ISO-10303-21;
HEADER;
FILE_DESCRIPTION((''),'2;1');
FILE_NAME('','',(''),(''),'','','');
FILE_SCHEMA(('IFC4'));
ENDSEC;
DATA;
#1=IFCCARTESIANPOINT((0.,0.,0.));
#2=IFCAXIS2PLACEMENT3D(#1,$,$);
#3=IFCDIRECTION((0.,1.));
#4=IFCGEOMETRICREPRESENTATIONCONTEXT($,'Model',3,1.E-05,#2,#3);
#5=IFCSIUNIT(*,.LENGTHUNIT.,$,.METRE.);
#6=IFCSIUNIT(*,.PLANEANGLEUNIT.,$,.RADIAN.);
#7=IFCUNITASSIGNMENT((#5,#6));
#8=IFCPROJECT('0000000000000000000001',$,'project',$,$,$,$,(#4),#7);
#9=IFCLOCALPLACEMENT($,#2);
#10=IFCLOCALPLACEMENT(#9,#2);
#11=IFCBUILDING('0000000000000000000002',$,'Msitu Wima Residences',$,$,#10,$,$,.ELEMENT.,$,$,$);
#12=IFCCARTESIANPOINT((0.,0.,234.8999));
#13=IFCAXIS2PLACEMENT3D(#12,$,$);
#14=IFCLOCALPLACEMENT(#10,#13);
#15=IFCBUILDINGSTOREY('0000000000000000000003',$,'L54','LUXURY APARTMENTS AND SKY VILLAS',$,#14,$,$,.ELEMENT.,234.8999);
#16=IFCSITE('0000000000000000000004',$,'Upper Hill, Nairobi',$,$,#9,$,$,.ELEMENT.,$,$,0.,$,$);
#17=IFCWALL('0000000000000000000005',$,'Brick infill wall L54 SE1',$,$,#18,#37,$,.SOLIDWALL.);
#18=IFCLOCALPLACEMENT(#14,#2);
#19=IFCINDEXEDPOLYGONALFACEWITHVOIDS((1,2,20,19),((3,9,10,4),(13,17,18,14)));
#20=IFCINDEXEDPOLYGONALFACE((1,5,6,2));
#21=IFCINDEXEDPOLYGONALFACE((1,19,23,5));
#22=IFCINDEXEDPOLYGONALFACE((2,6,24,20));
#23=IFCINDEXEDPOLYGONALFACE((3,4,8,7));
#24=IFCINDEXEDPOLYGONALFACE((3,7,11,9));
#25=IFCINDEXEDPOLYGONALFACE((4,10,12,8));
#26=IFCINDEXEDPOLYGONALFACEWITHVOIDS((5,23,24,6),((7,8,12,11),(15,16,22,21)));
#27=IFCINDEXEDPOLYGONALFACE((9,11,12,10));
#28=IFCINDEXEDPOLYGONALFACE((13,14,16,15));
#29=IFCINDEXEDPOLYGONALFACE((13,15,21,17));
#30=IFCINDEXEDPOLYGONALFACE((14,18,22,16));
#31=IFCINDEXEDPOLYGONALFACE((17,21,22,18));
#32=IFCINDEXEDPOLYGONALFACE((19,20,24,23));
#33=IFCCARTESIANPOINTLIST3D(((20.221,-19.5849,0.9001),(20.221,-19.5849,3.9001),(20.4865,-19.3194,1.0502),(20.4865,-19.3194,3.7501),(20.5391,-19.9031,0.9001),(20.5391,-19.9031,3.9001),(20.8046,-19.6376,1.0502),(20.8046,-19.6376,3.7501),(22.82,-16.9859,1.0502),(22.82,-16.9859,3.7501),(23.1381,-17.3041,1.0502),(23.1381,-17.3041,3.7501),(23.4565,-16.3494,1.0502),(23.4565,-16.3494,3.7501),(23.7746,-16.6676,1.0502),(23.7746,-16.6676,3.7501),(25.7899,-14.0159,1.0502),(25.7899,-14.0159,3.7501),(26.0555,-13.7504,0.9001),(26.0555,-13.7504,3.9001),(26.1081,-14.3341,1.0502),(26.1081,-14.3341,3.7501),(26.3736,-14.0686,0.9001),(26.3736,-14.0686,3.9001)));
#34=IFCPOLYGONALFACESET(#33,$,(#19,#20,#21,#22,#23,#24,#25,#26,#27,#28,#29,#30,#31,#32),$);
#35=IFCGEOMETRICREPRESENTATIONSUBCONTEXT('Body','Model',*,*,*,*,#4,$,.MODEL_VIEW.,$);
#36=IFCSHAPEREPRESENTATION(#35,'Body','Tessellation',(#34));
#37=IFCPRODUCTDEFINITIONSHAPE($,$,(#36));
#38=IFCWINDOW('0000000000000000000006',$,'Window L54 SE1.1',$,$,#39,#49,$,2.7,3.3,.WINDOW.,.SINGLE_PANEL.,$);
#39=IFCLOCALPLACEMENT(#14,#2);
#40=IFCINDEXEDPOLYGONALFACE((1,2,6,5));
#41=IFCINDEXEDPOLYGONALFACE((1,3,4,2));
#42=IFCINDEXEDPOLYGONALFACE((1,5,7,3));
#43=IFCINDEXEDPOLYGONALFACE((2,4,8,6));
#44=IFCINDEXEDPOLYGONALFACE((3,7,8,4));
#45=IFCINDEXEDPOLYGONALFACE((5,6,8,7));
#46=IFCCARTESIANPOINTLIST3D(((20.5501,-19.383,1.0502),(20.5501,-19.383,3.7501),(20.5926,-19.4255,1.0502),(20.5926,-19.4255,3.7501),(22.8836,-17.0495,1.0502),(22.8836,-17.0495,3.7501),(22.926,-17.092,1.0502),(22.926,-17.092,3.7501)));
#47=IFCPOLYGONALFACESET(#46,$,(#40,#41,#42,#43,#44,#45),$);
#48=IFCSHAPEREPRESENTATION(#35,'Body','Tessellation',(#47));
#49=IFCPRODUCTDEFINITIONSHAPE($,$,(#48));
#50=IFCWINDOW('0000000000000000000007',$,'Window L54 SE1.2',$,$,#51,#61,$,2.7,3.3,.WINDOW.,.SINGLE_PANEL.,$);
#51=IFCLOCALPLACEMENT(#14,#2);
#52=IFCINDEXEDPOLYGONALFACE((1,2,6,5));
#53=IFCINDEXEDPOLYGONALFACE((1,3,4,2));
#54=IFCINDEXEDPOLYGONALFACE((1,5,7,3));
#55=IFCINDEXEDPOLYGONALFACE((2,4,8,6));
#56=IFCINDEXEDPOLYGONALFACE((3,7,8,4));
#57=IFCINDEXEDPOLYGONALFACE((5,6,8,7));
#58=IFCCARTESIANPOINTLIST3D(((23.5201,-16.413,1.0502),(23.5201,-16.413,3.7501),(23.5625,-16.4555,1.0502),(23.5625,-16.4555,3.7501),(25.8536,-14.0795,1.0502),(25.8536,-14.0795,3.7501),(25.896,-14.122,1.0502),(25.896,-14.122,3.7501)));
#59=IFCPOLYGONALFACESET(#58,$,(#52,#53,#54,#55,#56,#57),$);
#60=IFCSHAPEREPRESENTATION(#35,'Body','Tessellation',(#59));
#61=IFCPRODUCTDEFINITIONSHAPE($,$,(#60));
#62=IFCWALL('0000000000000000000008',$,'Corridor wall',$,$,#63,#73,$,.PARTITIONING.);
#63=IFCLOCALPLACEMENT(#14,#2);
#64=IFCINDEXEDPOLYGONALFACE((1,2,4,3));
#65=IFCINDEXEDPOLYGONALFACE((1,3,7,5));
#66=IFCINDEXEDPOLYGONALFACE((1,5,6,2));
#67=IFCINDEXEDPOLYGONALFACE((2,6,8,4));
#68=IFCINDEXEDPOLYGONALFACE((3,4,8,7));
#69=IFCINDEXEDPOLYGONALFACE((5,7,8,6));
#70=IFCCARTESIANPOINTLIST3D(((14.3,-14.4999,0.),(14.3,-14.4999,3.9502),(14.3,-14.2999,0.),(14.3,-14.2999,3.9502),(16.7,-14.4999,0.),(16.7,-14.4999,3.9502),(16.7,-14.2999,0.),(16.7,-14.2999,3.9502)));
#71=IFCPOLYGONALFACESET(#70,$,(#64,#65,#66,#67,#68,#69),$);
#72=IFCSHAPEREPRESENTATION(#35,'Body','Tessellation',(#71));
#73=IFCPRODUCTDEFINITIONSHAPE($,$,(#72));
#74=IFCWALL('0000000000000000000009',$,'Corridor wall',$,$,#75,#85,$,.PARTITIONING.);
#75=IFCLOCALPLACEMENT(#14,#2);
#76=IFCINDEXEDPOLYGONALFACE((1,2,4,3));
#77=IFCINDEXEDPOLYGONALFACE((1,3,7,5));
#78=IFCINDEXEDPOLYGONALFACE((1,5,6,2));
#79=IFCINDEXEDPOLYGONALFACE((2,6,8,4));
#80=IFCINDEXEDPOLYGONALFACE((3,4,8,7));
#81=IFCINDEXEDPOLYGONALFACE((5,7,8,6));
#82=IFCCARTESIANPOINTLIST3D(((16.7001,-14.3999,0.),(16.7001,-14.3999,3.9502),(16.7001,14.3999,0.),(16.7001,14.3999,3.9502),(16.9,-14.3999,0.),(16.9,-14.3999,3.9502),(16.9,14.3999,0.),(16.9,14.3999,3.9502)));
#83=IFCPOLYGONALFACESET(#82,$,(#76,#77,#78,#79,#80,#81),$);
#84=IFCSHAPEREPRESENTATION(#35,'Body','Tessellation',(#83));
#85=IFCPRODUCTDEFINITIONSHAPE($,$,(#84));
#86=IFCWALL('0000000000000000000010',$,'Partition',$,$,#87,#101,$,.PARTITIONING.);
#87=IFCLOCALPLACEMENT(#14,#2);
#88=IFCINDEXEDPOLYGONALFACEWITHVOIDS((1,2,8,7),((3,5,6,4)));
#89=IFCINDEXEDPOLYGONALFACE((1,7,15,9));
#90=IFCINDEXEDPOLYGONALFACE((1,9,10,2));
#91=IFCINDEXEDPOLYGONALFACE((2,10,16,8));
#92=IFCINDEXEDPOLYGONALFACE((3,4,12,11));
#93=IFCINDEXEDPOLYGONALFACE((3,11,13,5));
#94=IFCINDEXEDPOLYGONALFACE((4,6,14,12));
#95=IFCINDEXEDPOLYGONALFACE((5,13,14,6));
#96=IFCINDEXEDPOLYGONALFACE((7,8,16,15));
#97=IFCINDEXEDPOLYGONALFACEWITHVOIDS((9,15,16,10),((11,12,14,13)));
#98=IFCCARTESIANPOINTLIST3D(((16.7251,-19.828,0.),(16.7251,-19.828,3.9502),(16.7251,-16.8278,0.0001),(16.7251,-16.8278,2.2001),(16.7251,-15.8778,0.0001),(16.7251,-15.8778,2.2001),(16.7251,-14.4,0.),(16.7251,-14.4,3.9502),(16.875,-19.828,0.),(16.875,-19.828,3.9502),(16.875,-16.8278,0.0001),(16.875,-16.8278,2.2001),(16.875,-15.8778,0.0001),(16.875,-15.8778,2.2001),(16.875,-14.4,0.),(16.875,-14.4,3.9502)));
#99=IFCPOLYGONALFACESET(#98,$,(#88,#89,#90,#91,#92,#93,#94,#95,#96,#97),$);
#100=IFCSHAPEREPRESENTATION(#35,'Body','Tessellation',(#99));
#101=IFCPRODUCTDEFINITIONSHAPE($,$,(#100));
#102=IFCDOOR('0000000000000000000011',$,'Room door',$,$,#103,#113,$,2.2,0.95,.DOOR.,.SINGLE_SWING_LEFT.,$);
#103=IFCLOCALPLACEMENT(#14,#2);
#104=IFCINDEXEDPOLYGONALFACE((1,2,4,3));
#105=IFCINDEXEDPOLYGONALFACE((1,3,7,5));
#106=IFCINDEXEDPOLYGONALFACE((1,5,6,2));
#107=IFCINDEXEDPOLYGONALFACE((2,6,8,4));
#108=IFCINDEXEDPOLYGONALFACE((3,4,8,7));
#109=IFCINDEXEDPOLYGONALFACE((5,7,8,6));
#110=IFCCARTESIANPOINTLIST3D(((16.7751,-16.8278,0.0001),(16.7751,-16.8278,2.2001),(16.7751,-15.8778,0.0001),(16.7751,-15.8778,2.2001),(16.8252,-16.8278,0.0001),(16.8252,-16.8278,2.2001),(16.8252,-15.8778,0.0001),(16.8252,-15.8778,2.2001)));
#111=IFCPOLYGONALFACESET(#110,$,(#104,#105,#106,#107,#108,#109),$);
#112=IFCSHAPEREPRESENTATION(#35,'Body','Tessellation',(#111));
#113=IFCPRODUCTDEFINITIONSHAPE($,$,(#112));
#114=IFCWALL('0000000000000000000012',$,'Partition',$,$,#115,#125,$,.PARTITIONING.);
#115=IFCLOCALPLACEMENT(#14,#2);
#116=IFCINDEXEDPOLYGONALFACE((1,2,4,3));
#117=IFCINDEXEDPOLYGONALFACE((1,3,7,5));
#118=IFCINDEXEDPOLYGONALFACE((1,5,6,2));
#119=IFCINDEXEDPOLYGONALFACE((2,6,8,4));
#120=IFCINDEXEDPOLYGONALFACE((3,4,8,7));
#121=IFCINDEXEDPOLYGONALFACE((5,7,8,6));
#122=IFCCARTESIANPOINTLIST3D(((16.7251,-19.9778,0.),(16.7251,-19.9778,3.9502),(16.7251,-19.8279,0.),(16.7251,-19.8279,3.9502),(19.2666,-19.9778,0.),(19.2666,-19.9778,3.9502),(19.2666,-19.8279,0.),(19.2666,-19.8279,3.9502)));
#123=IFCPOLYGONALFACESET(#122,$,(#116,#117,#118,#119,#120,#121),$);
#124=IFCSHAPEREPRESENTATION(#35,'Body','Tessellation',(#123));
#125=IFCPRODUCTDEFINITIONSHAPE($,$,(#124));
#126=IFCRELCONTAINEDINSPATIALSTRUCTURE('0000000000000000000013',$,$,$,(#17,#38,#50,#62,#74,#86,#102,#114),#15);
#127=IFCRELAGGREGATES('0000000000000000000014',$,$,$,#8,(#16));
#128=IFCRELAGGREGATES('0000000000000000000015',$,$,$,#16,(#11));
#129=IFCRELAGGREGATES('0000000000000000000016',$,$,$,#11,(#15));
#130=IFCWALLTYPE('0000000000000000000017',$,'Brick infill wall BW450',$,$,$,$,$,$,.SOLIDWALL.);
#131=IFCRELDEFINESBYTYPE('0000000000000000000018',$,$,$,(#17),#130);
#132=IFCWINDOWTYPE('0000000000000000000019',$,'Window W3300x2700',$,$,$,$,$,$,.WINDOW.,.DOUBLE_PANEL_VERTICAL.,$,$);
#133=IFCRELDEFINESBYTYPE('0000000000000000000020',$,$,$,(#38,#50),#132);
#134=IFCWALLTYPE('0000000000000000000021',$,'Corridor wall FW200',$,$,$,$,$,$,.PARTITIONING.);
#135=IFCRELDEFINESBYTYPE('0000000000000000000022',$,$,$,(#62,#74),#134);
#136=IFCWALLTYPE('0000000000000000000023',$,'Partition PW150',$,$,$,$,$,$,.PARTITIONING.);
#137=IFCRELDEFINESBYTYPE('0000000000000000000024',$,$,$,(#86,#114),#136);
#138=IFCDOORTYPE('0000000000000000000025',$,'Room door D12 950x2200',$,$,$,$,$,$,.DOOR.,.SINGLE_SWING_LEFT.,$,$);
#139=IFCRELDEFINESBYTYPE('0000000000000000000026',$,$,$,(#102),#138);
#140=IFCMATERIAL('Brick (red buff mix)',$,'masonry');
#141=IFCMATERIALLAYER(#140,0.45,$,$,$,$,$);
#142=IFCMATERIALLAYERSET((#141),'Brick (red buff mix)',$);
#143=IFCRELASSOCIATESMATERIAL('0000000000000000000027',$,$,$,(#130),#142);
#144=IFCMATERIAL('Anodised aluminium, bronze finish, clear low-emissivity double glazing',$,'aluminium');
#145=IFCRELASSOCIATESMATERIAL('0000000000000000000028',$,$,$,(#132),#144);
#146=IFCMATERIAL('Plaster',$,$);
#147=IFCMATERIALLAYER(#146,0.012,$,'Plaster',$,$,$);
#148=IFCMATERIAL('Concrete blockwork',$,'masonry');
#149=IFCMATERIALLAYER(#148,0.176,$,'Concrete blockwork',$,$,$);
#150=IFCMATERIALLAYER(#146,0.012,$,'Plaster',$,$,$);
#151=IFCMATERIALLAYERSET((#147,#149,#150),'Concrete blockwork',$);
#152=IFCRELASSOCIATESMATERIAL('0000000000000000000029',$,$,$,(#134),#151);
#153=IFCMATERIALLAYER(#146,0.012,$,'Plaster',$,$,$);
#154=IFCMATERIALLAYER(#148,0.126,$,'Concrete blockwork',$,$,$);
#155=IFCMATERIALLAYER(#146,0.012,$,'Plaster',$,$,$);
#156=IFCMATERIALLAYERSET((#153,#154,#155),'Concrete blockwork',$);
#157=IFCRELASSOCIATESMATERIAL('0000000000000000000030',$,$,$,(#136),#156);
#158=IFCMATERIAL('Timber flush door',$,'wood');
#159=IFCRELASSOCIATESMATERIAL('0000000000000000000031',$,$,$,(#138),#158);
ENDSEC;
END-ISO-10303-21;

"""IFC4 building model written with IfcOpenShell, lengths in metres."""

from ifc_helpers import new_model, si_unit, direction, frame, frame_2d, origin, place, context, subcontext, project, spatial, rectangle, extrude, material, layer, layer_set, type_object, element, fill, save


model = new_model("IFC4")

# Units and contexts
model_context = context("Model", 3, precision=1e-05, world=origin(), true_north=direction((0.0, 1.0)))
body_context = subcontext(model_context, "Body", "Model", "MODEL_VIEW")
ifc_project = project(units=[si_unit("LENGTHUNIT", "METRE"), si_unit("PLANEANGLEUNIT", "RADIAN")], contexts=[model_context])

# Site, building, storey
site_placement = place(None, origin())
site = spatial("IfcSite", under=ifc_project, at=site_placement, Name="Upper Hill, Nairobi", CompositionType="ELEMENT", RefElevation=0.0)
building_placement = place(site_placement, origin())
building = spatial("IfcBuilding", under=site, at=building_placement, Name="Msitu Wima Residences", CompositionType="ELEMENT")
storey_placement = place(building_placement, frame((0.0, 0.0, 234.8999)))
storey = spatial("IfcBuildingStorey", under=building, at=storey_placement, Name="L54", Description="LUXURY APARTMENTS AND SKY VILLAS", CompositionType="ELEMENT", Elevation=234.8999)

# Shared definitions
ifc_material_1 = material(Name="Brick (red buff mix)", Category="masonry")
ifc_layer_1 = layer(ifc_material_1, 0.45)
ifc_layer_set_1 = layer_set([ifc_layer_1], Name="Brick (red buff mix)")
wall_type_1 = type_object("IfcWallType", Name="Brick infill wall BW450", PredefinedType="SOLIDWALL", material=ifc_layer_set_1)
ifc_material_2 = material(Name="Anodised aluminium, bronze finish, clear low-emissivity double glazing", Category="aluminium")
window_type = type_object("IfcWindowType", Name="Window W3300x2700", PartitioningType="DOUBLE_PANEL_VERTICAL", PredefinedType="WINDOW", material=ifc_material_2)

# Wall, openings, windows
wall_1_placement = place(storey_placement, frame((20.3801, -19.7439, 0.9001), z_axis=(0.0, 0.0, 1.0), x_axis=(0.707107, 0.707107, 0.0)))
wall_1 = element("IfcWall", 1, at=wall_1_placement, inside=storey, type_object=wall_type_1, Name="Brick infill wall L54 SE1", PredefinedType="SOLIDWALL", context=body_context, shape_type="SweptSolid", body=[
    extrude(rectangle(XDim=8.2512, YDim=0.45, at=frame_2d((4.1255, 0.0))), origin(), (0.0, 0.0, 1.0), 3.0),
])
opening_1_placement = place(wall_1_placement, frame((0.3755, 0.0, 0.1499)))
opening_1 = element("IfcOpeningElement", 2, at=opening_1_placement, cuts=wall_1, PredefinedType="OPENING", context=body_context, shape_type="SweptSolid", body=[
    extrude(rectangle(XDim=3.3, YDim=2.7, at=frame_2d((1.6499, 1.3501))), frame((0.0, 0.2349, 0.0), z_axis=(0.0, -1.0, 0.0), x_axis=(1.0, 0.0, 0.0)), (0.0, 0.0, 1.0), 0.47),
])
opening_2_placement = place(wall_1_placement, frame((4.5757, 0.0, 0.1499)))
opening_2 = element("IfcOpeningElement", 3, at=opening_2_placement, cuts=wall_1, PredefinedType="OPENING", context=body_context, shape_type="SweptSolid", body=[
    extrude(rectangle(XDim=3.3, YDim=2.7, at=frame_2d((1.6499, 1.3501))), frame((0.0, 0.2349, 0.0), z_axis=(0.0, -1.0, 0.0), x_axis=(1.0, 0.0, 0.0)), (0.0, 0.0, 1.0), 0.47),
])
window_1_placement = place(opening_1_placement, origin())
window_1 = element("IfcWindow", 4, at=window_1_placement, inside=storey, type_object=window_type, Name="Window L54 SE1.1", OverallHeight=2.7, OverallWidth=3.3, PartitioningType="SINGLE_PANEL", PredefinedType="WINDOW", context=body_context, shape_type="SweptSolid", body=[
    extrude(rectangle(XDim=3.3, YDim=2.7, at=frame_2d((1.6499, 1.3501))), frame((0.0, 0.135, 0.0), z_axis=(0.0, -1.0, 0.0), x_axis=(1.0, 0.0, 0.0)), (0.0, 0.0, 1.0), 0.0601),
])
fill(opening_1, window_1)
window_2_placement = place(opening_2_placement, origin())
window_2 = element("IfcWindow", 5, at=window_2_placement, inside=storey, type_object=window_type, Name="Window L54 SE1.2", OverallHeight=2.7, OverallWidth=3.3, PartitioningType="SINGLE_PANEL", PredefinedType="WINDOW", context=body_context, shape_type="SweptSolid", body=[
    extrude(rectangle(XDim=3.3, YDim=2.7, at=frame_2d((1.6499, 1.3501))), frame((0.0, 0.135, 0.0), z_axis=(0.0, -1.0, 0.0), x_axis=(1.0, 0.0, 0.0)), (0.0, 0.0, 1.0), 0.0601),
])
fill(opening_2, window_2)

# Shared definitions
ifc_material_3 = material(Name="Plaster")
ifc_layer_2 = layer(ifc_material_3, 0.012, Name="Plaster")
ifc_material_4 = material(Name="Concrete blockwork", Category="masonry")
ifc_layer_3 = layer(ifc_material_4, 0.176, Name="Concrete blockwork")
ifc_layer_4 = layer(ifc_material_3, 0.012, Name="Plaster")
ifc_layer_set_2 = layer_set([ifc_layer_2, ifc_layer_3, ifc_layer_4], Name="Concrete blockwork")
wall_type_2 = type_object("IfcWallType", Name="Corridor wall FW200", PredefinedType="PARTITIONING", material=ifc_layer_set_2)

# Walls
wall_2_placement = place(storey_placement, frame((14.3, -14.3999, 0.0), z_axis=(0.0, 0.0, 1.0), x_axis=(1.0, 0.0, 0.0)))
element("IfcWall", 6, at=wall_2_placement, inside=storey, type_object=wall_type_2, Name="Corridor wall", PredefinedType="PARTITIONING", context=body_context, shape_type="SweptSolid", body=[
    extrude(rectangle(XDim=2.3999, YDim=0.2, at=frame_2d((1.2, 0.0))), origin(), (0.0, 0.0, 1.0), 3.9502),
])
wall_3_placement = place(storey_placement, frame((16.8, -14.3999, 0.0), z_axis=(0.0, 0.0, 1.0), x_axis=(0.0, 1.0, 0.0)))
element("IfcWall", 7, at=wall_3_placement, inside=storey, type_object=wall_type_2, Name="Corridor wall", PredefinedType="PARTITIONING", context=body_context, shape_type="SweptSolid", body=[
    extrude(rectangle(XDim=28.7998, YDim=0.2, at=frame_2d((14.3999, 0.0))), origin(), (0.0, 0.0, 1.0), 3.9502),
])

# Wall, opening, door
ifc_layer_5 = layer(ifc_material_3, 0.012, Name="Plaster")
ifc_layer_6 = layer(ifc_material_4, 0.126, Name="Concrete blockwork")
ifc_layer_7 = layer(ifc_material_3, 0.012, Name="Plaster")
ifc_layer_set_3 = layer_set([ifc_layer_5, ifc_layer_6, ifc_layer_7], Name="Concrete blockwork")
wall_type_3 = type_object("IfcWallType", Name="Partition PW150", PredefinedType="PARTITIONING", material=ifc_layer_set_3)
wall_4_placement = place(storey_placement, frame((16.8, -19.8279, 0.0), z_axis=(0.0, 0.0, 1.0), x_axis=(0.0, 1.0, 0.0)))
wall_4 = element("IfcWall", 8, at=wall_4_placement, inside=storey, type_object=wall_type_3, Name="Partition", PredefinedType="PARTITIONING", context=body_context, shape_type="SweptSolid", body=[
    extrude(rectangle(XDim=5.428, YDim=0.1499, at=frame_2d((2.7139, 0.0))), origin(), (0.0, 0.0, 1.0), 3.9502),
])
opening_3_placement = place(wall_4_placement, frame((3.0, 0.0, 0.0)))
opening_3 = element("IfcOpeningElement", 9, at=opening_3_placement, cuts=wall_4, PredefinedType="OPENING", context=body_context, shape_type="SweptSolid", body=[
    extrude(rectangle(XDim=0.95, YDim=2.2, at=frame_2d((0.4751, 1.1001))), frame((0.0, 0.085, 0.0), z_axis=(0.0, -1.0, 0.0), x_axis=(1.0, 0.0, 0.0)), (0.0, 0.0, 1.0), 0.1699),
])
ifc_material_5 = material(Name="Timber flush door", Category="wood")
door_type_1 = type_object("IfcDoorType", Name="Room door D12 950x2200", OperationType="SINGLE_SWING_LEFT", PredefinedType="DOOR", material=ifc_material_5)
door_1_placement = place(opening_3_placement, origin())
door_1 = element("IfcDoor", 10, at=door_1_placement, inside=storey, type_object=door_type_1, Name="Room door", OperationType="SINGLE_SWING_LEFT", OverallHeight=2.2, OverallWidth=0.95, PredefinedType="DOOR", context=body_context, shape_type="SweptSolid", body=[
    extrude(rectangle(XDim=0.95, YDim=2.2, at=frame_2d((0.4751, 1.1001))), frame((0.0, 0.0249, 0.0), z_axis=(0.0, -1.0, 0.0), x_axis=(1.0, 0.0, 0.0)), (0.0, 0.0, 1.0), 0.05),
])
fill(opening_3, door_1)

# Wall
wall_5_placement = place(storey_placement, frame((16.7251, -19.9028, 0.0), z_axis=(0.0, 0.0, 1.0), x_axis=(1.0, 0.0, 0.0)))
element("IfcWall", 11, at=wall_5_placement, inside=storey, type_object=wall_type_3, Name="Partition", PredefinedType="PARTITIONING", context=body_context, shape_type="SweptSolid", body=[
    extrude(rectangle(XDim=2.5415, YDim=0.1499, at=frame_2d((1.2708, 0.0))), origin(), (0.0, 0.0, 1.0), 3.9502),
])

save(model, "model.ifc")
